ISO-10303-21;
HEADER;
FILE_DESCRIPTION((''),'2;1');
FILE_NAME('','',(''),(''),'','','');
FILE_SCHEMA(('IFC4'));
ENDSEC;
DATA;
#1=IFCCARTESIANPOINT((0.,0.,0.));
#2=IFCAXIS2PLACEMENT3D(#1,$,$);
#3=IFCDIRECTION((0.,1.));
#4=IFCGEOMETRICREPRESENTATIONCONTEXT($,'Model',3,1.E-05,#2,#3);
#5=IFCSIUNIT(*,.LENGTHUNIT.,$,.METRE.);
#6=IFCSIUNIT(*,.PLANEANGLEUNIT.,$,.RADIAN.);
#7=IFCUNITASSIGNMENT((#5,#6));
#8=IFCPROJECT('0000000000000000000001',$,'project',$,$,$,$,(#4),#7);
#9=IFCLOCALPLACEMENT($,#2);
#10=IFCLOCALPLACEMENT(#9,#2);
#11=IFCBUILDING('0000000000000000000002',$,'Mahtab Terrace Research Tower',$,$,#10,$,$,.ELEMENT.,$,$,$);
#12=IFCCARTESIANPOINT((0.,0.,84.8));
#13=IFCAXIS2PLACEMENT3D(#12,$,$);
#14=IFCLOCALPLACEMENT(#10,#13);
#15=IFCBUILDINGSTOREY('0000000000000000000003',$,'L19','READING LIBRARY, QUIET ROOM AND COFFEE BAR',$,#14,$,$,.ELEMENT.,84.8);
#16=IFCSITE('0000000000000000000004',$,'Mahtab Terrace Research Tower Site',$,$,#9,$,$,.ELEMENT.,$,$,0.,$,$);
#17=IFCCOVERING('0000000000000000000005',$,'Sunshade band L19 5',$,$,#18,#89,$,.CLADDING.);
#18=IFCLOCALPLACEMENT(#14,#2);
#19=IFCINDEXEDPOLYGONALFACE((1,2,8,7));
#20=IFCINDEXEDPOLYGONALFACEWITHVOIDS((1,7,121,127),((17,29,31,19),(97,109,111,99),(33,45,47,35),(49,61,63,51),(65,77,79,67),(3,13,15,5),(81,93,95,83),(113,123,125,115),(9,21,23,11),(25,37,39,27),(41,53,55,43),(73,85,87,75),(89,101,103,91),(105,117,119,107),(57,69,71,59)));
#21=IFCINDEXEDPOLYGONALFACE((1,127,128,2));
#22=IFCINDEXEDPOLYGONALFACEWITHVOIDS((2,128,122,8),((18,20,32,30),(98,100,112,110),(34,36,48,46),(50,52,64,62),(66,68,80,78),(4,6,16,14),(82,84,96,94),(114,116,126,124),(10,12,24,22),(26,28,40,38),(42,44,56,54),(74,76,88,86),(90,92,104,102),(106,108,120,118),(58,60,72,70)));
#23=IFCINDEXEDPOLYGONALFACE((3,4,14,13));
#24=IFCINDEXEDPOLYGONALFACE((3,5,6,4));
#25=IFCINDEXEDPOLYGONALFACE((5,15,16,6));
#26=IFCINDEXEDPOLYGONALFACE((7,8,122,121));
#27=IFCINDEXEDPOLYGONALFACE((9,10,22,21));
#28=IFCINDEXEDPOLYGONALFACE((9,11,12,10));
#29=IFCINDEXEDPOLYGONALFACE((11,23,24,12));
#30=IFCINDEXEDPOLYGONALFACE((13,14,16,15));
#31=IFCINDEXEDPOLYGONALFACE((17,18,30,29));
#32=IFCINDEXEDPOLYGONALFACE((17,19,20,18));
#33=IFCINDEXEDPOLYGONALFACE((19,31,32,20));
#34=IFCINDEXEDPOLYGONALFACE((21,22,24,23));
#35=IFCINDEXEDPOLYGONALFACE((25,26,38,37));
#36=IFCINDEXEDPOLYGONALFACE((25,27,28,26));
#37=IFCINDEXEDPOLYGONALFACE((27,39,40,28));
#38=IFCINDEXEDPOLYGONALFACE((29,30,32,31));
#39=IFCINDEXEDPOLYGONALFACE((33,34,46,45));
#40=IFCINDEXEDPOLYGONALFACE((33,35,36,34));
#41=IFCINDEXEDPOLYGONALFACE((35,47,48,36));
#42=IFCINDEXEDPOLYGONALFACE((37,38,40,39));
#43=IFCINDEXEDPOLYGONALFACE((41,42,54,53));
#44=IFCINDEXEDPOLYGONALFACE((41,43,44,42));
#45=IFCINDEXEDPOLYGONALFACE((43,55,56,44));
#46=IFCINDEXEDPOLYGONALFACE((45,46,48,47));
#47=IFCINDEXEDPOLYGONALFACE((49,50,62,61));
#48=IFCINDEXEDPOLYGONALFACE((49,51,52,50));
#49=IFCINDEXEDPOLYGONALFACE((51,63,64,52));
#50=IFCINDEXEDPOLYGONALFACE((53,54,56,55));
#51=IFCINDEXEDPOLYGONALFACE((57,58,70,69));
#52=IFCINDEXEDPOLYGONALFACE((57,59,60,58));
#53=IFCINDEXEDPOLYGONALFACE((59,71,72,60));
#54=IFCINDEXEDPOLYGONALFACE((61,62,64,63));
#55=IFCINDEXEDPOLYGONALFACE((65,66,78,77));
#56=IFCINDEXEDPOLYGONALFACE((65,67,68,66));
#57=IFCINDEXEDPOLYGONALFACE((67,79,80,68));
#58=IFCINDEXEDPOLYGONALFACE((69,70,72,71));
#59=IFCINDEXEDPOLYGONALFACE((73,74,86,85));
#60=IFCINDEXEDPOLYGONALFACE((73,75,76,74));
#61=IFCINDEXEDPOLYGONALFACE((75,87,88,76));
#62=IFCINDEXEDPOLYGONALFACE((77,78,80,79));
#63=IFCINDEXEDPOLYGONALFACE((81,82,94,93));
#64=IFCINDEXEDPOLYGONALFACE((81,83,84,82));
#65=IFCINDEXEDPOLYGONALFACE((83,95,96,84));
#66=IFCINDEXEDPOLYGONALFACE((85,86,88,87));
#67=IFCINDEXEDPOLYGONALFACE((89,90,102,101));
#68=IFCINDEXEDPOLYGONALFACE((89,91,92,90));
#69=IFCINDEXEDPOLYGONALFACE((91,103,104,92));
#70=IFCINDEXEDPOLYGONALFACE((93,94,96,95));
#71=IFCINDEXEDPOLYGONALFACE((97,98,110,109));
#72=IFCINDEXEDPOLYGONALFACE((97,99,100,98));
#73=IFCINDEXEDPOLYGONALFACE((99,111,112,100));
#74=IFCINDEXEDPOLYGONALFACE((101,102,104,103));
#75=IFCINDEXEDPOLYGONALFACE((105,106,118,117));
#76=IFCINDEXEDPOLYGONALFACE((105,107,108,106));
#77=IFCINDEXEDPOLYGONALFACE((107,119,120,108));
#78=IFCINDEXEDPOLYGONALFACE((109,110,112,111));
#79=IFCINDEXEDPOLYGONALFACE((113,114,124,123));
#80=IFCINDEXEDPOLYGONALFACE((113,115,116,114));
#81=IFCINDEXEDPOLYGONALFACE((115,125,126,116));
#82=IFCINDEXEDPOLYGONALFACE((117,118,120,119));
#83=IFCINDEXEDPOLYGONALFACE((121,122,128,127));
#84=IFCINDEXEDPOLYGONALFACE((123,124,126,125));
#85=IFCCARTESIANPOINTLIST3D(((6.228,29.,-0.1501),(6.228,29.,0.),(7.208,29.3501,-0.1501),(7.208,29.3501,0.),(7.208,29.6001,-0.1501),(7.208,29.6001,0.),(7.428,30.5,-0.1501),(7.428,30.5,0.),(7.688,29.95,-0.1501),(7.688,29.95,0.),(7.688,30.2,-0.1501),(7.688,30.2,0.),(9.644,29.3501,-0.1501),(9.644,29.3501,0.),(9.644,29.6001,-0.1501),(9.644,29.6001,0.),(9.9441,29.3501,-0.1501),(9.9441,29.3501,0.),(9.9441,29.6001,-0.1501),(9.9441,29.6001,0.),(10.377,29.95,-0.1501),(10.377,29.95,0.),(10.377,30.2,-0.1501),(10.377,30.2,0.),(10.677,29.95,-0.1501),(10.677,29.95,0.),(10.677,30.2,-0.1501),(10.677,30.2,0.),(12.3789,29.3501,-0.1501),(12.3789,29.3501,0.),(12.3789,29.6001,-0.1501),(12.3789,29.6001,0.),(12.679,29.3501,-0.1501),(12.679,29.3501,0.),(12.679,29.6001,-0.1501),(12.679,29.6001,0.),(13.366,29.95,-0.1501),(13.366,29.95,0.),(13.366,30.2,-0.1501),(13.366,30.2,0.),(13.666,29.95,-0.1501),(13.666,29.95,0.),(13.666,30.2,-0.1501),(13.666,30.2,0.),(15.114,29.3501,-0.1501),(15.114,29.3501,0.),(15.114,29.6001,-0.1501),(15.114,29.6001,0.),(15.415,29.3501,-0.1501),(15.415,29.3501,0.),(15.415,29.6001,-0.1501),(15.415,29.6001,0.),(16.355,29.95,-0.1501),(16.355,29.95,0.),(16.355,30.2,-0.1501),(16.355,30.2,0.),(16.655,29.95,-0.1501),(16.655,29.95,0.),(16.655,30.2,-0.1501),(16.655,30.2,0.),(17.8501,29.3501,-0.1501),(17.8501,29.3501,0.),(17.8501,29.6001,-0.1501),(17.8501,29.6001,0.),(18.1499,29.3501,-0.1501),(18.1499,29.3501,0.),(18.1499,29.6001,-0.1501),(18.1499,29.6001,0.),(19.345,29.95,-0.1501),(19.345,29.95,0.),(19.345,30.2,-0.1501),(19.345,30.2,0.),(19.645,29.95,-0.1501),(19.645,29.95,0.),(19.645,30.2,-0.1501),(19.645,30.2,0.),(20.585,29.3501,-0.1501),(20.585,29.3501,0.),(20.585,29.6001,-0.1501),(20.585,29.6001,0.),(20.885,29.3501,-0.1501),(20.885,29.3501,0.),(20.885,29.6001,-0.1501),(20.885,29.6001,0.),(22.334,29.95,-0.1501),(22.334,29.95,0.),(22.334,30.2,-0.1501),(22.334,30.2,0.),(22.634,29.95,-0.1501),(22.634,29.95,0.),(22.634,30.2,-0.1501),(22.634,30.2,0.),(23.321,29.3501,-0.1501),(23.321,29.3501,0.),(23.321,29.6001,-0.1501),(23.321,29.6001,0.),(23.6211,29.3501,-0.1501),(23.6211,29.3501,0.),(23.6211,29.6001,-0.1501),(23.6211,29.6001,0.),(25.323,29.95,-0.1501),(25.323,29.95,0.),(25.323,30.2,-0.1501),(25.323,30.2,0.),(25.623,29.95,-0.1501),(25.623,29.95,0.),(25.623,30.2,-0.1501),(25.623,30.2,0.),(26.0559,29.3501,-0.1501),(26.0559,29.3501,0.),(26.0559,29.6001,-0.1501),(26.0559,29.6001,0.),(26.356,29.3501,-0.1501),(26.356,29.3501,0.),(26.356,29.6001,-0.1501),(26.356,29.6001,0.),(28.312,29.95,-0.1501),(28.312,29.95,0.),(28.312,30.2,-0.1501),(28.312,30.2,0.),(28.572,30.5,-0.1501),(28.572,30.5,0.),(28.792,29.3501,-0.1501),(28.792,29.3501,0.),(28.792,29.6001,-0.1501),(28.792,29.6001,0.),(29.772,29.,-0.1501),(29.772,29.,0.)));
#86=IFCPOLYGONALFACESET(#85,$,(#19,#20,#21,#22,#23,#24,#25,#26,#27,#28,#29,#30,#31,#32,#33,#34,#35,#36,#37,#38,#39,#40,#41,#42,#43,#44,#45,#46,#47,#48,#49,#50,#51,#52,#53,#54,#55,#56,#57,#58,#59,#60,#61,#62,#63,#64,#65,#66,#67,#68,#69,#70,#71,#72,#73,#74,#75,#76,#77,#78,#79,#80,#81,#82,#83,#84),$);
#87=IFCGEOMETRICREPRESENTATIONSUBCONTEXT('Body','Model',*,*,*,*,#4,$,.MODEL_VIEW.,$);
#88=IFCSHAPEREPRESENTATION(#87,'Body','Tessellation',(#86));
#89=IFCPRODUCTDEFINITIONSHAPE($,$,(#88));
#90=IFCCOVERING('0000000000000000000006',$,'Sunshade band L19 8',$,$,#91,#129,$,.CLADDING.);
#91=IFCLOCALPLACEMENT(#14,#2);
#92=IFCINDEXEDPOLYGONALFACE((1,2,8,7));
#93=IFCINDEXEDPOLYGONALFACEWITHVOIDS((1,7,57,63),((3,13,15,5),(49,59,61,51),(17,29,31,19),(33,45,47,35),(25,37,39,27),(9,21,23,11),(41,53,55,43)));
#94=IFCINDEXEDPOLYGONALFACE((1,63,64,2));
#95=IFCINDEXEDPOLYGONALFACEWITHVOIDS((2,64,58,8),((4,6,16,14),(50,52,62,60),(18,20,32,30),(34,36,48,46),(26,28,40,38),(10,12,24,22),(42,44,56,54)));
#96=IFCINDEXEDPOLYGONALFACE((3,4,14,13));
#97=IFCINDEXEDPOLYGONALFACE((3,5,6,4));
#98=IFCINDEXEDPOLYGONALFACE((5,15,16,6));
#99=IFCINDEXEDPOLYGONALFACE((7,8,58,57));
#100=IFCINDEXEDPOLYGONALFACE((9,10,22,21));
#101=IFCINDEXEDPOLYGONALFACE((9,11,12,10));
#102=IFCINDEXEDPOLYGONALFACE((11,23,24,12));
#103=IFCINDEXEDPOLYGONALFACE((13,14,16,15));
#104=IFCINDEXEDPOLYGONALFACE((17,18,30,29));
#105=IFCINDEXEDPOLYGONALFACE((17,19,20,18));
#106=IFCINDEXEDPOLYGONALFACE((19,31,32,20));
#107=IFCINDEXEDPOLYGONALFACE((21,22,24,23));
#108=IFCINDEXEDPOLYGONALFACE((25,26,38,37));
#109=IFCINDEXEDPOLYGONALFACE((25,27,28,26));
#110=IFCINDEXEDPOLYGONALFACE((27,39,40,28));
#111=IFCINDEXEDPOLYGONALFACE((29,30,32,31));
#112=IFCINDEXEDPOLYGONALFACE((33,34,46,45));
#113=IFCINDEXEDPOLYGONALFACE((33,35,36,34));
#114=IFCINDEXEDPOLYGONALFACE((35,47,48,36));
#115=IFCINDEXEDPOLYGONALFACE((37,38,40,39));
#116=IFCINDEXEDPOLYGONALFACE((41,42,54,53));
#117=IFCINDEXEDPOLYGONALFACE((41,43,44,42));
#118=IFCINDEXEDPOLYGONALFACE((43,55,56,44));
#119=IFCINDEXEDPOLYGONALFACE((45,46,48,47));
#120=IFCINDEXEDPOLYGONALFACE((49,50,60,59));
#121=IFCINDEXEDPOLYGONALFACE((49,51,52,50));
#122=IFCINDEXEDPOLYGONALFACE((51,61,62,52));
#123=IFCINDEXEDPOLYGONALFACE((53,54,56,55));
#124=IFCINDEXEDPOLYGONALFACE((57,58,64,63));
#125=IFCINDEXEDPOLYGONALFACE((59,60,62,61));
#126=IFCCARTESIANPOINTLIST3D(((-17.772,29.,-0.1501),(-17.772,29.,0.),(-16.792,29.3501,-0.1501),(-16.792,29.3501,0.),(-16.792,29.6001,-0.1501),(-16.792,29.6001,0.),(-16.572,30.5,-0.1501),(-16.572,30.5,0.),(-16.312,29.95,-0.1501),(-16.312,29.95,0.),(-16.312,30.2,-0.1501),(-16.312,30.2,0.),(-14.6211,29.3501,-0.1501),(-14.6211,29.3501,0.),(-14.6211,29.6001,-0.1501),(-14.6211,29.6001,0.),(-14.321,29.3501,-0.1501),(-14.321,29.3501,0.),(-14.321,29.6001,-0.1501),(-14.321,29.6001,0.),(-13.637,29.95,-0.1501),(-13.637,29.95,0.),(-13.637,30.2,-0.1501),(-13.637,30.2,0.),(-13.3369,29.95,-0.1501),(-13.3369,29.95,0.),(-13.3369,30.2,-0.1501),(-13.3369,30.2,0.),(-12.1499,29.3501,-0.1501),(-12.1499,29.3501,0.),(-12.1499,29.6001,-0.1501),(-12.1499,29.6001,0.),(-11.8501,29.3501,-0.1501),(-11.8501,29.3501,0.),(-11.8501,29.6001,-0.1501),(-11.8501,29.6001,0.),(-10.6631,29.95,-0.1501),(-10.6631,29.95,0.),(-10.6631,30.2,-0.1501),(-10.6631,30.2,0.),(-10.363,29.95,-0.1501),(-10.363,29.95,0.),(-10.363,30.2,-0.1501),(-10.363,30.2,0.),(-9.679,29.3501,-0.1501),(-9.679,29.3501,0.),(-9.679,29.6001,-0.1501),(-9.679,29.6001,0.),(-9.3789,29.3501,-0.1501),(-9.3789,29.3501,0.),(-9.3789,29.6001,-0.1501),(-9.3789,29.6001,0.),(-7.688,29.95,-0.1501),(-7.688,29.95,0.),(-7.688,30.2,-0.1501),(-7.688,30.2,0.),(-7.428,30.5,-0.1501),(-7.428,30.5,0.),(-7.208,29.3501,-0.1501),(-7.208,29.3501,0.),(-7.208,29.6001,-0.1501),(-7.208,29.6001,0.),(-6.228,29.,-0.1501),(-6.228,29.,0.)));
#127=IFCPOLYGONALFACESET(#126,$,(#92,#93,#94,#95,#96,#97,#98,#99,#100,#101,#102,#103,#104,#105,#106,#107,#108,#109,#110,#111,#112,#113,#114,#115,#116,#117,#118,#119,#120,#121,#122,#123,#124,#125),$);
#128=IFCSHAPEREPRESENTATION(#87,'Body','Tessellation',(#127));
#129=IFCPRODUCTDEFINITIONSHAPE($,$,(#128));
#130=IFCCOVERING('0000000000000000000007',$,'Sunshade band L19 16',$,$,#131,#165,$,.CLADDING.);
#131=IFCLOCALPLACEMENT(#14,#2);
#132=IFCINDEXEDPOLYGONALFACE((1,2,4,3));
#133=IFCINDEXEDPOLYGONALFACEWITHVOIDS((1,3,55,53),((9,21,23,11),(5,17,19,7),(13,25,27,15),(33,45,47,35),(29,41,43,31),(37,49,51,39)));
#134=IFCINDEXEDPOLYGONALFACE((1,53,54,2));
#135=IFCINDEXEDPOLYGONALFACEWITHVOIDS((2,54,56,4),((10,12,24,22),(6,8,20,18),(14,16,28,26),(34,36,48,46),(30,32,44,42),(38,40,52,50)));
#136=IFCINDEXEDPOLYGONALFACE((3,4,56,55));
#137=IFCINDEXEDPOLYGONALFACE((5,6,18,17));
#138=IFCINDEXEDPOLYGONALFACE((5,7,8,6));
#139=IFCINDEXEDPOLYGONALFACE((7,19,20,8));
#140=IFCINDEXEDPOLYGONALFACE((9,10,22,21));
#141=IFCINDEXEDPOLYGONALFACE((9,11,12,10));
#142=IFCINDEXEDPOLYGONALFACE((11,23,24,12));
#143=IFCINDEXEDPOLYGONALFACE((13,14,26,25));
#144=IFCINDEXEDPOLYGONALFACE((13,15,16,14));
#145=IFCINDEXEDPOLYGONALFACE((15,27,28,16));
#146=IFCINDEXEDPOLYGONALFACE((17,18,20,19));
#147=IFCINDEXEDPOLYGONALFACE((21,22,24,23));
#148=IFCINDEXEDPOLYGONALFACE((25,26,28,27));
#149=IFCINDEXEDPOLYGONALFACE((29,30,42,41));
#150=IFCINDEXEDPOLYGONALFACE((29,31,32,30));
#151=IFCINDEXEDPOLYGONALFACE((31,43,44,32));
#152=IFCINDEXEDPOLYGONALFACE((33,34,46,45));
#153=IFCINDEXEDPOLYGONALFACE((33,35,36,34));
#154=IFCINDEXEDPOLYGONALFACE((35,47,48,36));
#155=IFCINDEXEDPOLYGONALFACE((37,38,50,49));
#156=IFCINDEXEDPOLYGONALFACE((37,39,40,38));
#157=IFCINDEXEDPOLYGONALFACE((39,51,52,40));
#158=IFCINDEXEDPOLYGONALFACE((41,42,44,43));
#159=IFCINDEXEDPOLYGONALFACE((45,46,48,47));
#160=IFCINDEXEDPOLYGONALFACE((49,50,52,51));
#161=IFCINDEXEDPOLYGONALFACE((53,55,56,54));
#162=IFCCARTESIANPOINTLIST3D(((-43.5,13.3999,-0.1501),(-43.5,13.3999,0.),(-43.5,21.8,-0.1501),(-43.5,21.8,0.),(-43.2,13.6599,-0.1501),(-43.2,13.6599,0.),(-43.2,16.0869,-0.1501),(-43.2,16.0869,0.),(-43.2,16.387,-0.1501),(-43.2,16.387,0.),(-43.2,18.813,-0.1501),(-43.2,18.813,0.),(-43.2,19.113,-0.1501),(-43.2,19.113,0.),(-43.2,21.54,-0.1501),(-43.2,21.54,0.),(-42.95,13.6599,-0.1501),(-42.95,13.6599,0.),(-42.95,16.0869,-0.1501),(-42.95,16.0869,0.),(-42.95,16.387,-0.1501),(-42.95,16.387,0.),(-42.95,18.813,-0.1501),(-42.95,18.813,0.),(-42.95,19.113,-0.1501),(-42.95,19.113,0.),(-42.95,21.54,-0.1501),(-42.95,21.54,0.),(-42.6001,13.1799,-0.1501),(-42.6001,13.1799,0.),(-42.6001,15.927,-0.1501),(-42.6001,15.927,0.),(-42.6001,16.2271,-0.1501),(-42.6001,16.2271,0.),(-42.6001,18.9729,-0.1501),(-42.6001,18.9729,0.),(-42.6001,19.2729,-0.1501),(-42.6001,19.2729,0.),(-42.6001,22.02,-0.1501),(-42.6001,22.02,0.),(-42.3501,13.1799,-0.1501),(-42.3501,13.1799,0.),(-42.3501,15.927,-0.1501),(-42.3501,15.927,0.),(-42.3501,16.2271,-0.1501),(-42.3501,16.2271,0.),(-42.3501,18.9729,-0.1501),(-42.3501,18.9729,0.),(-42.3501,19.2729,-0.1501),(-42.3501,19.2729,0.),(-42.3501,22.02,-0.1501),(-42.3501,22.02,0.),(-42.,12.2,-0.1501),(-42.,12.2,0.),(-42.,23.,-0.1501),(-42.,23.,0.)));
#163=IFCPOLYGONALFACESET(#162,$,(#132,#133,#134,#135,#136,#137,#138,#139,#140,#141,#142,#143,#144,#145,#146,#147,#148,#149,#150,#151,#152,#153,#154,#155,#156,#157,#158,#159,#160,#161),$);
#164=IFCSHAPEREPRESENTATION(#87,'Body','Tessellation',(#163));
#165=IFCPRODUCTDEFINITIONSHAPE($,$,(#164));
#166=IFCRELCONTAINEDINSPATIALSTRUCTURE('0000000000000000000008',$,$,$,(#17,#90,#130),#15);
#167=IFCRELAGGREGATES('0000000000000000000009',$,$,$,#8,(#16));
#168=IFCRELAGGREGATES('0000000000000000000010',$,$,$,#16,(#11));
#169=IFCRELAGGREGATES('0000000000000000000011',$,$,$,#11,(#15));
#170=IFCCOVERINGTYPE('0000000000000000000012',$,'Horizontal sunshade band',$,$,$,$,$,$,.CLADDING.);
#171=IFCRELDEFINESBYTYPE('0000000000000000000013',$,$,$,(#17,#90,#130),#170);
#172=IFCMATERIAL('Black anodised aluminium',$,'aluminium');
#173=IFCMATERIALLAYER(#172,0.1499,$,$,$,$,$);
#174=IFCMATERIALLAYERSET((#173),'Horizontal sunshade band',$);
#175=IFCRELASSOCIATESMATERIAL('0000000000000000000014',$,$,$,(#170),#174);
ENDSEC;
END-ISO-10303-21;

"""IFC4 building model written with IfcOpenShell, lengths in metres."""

from ifc_helpers import new_model, si_unit, direction, frame, origin, place, context, subcontext, project, spatial, polyline, outline, extrude, material, layer, layer_set, type_object, element, save


model = new_model("IFC4")

# Units and contexts
model_context = context("Model", 3, precision=1e-05, world=origin(), true_north=direction((0.0, 1.0)))
body_context = subcontext(model_context, "Body", "Model", "MODEL_VIEW")
ifc_project = project(units=[si_unit("LENGTHUNIT", "METRE"), si_unit("PLANEANGLEUNIT", "RADIAN")], contexts=[model_context])

# Site, building, storey
site_placement = place(None, origin())
site = spatial("IfcSite", under=ifc_project, at=site_placement, Name="Mahtab Terrace Research Tower Site", CompositionType="ELEMENT", RefElevation=0.0)
building_placement = place(site_placement, origin())
building = spatial("IfcBuilding", under=site, at=building_placement, Name="Mahtab Terrace Research Tower", CompositionType="ELEMENT")
storey_placement = place(building_placement, frame((0.0, 0.0, 84.8)))
storey = spatial("IfcBuildingStorey", under=building, at=storey_placement, Name="L19", Description="READING LIBRARY, QUIET ROOM AND COFFEE BAR", CompositionType="ELEMENT", Elevation=84.8)

# Coverings
ifc_material_1 = material(Name="Black anodised aluminium", Category="aluminium")
ifc_layer_1 = layer(ifc_material_1, 0.1499)
ifc_layer_set_1 = layer_set([ifc_layer_1], Name="Horizontal sunshade band")
covering_type_1 = type_object("IfcCoveringType", Name="Horizontal sunshade band", PredefinedType="CLADDING", material=ifc_layer_set_1)
covering_1_placement = place(storey_placement, frame((0.0, 0.0, -0.1501)))
element("IfcCovering", 1, at=covering_1_placement, inside=storey, type_object=covering_type_1, Name="Sunshade band L19 5", PredefinedType="CLADDING", context=body_context, shape_type="SweptSolid", body=[
    extrude(outline(polyline([(29.772, 29.0), (6.228, 29.0), (7.428, 30.5), (28.572, 30.5), (29.772, 29.0)]), holes=[polyline([(28.792, 29.3501), (26.356, 29.3501), (26.356, 29.6001), (28.792, 29.6001), (28.792, 29.3501)]), polyline([(26.0559, 29.3501), (23.6211, 29.3501), (23.6211, 29.6001), (26.0559, 29.6001), (26.0559, 29.3501)]), polyline([(23.321, 29.3501), (20.885, 29.3501), (20.885, 29.6001), (23.321, 29.6001), (23.321, 29.3501)]), polyline([(20.585, 29.3501), (18.1499, 29.3501), (18.1499, 29.6001), (20.585, 29.6001), (20.585, 29.3501)]), polyline([(17.8501, 29.3501), (15.415, 29.3501), (15.415, 29.6001), (17.8501, 29.6001), (17.8501, 29.3501)]), polyline([(15.114, 29.3501), (12.679, 29.3501), (12.679, 29.6001), (15.114, 29.6001), (15.114, 29.3501)]), polyline([(12.3789, 29.3501), (9.9441, 29.3501), (9.9441, 29.6001), (12.3789, 29.6001), (12.3789, 29.3501)]), polyline([(9.644, 29.3501), (7.208, 29.3501), (7.208, 29.6001), (9.644, 29.6001), (9.644, 29.3501)]), polyline([(28.312, 29.95), (25.623, 29.95), (25.623, 30.2), (28.312, 30.2), (28.312, 29.95)]), polyline([(25.323, 29.95), (22.634, 29.95), (22.634, 30.2), (25.323, 30.2), (25.323, 29.95)]), polyline([(22.334, 29.95), (19.645, 29.95), (19.645, 30.2), (22.334, 30.2), (22.334, 29.95)]), polyline([(19.345, 29.95), (16.655, 29.95), (16.655, 30.2), (19.345, 30.2), (19.345, 29.95)]), polyline([(16.355, 29.95), (13.666, 29.95), (13.666, 30.2), (16.355, 30.2), (16.355, 29.95)]), polyline([(13.366, 29.95), (10.677, 29.95), (10.677, 30.2), (13.366, 30.2), (13.366, 29.95)]), polyline([(10.377, 29.95), (7.688, 29.95), (7.688, 30.2), (10.377, 30.2), (10.377, 29.95)])]), origin(), (0.0, 0.0, 1.0), 0.1501),
])
covering_2_placement = place(storey_placement, frame((0.0, 0.0, -0.1501)))
element("IfcCovering", 2, at=covering_2_placement, inside=storey, type_object=covering_type_1, Name="Sunshade band L19 8", PredefinedType="CLADDING", context=body_context, shape_type="SweptSolid", body=[
    extrude(outline(polyline([(-6.228, 29.0), (-17.772, 29.0), (-16.572, 30.5), (-7.428, 30.5), (-6.228, 29.0)]), holes=[polyline([(-7.208, 29.3501), (-9.3789, 29.3501), (-9.3789, 29.6001), (-7.208, 29.6001), (-7.208, 29.3501)]), polyline([(-9.679, 29.3501), (-11.8501, 29.3501), (-11.8501, 29.6001), (-9.679, 29.6001), (-9.679, 29.3501)]), polyline([(-12.1499, 29.3501), (-14.321, 29.3501), (-14.321, 29.6001), (-12.1499, 29.6001), (-12.1499, 29.3501)]), polyline([(-14.6211, 29.3501), (-16.792, 29.3501), (-16.792, 29.6001), (-14.6211, 29.6001), (-14.6211, 29.3501)]), polyline([(-7.688, 29.95), (-10.363, 29.95), (-10.363, 30.2), (-7.688, 30.2), (-7.688, 29.95)]), polyline([(-10.6631, 29.95), (-13.3369, 29.95), (-13.3369, 30.2), (-10.6631, 30.2), (-10.6631, 29.95)]), polyline([(-13.637, 29.95), (-16.312, 29.95), (-16.312, 30.2), (-13.637, 30.2), (-13.637, 29.95)])]), origin(), (0.0, 0.0, 1.0), 0.1501),
])
covering_3_placement = place(storey_placement, frame((0.0, 0.0, -0.1501)))
element("IfcCovering", 3, at=covering_3_placement, inside=storey, type_object=covering_type_1, Name="Sunshade band L19 16", PredefinedType="CLADDING", context=body_context, shape_type="SweptSolid", body=[
    extrude(outline(polyline([(-42.0, 23.0), (-42.0, 12.2), (-43.5, 13.3999), (-43.5, 21.8), (-42.0, 23.0)]), holes=[polyline([(-42.3501, 22.02), (-42.3501, 19.2729), (-42.6001, 19.2729), (-42.6001, 22.02), (-42.3501, 22.02)]), polyline([(-42.3501, 18.9729), (-42.3501, 16.2271), (-42.6001, 16.2271), (-42.6001, 18.9729), (-42.3501, 18.9729)]), polyline([(-42.3501, 15.927), (-42.3501, 13.1799), (-42.6001, 13.1799), (-42.6001, 15.927), (-42.3501, 15.927)]), polyline([(-42.95, 21.54), (-42.95, 19.113), (-43.2, 19.113), (-43.2, 21.54), (-42.95, 21.54)]), polyline([(-42.95, 18.813), (-42.95, 16.387), (-43.2, 16.387), (-43.2, 18.813), (-42.95, 18.813)]), polyline([(-42.95, 16.0869), (-42.95, 13.6599), (-43.2, 13.6599), (-43.2, 16.0869), (-42.95, 16.0869)])]), origin(), (0.0, 0.0, 1.0), 0.1501),
])

save(model, "model.ifc")
